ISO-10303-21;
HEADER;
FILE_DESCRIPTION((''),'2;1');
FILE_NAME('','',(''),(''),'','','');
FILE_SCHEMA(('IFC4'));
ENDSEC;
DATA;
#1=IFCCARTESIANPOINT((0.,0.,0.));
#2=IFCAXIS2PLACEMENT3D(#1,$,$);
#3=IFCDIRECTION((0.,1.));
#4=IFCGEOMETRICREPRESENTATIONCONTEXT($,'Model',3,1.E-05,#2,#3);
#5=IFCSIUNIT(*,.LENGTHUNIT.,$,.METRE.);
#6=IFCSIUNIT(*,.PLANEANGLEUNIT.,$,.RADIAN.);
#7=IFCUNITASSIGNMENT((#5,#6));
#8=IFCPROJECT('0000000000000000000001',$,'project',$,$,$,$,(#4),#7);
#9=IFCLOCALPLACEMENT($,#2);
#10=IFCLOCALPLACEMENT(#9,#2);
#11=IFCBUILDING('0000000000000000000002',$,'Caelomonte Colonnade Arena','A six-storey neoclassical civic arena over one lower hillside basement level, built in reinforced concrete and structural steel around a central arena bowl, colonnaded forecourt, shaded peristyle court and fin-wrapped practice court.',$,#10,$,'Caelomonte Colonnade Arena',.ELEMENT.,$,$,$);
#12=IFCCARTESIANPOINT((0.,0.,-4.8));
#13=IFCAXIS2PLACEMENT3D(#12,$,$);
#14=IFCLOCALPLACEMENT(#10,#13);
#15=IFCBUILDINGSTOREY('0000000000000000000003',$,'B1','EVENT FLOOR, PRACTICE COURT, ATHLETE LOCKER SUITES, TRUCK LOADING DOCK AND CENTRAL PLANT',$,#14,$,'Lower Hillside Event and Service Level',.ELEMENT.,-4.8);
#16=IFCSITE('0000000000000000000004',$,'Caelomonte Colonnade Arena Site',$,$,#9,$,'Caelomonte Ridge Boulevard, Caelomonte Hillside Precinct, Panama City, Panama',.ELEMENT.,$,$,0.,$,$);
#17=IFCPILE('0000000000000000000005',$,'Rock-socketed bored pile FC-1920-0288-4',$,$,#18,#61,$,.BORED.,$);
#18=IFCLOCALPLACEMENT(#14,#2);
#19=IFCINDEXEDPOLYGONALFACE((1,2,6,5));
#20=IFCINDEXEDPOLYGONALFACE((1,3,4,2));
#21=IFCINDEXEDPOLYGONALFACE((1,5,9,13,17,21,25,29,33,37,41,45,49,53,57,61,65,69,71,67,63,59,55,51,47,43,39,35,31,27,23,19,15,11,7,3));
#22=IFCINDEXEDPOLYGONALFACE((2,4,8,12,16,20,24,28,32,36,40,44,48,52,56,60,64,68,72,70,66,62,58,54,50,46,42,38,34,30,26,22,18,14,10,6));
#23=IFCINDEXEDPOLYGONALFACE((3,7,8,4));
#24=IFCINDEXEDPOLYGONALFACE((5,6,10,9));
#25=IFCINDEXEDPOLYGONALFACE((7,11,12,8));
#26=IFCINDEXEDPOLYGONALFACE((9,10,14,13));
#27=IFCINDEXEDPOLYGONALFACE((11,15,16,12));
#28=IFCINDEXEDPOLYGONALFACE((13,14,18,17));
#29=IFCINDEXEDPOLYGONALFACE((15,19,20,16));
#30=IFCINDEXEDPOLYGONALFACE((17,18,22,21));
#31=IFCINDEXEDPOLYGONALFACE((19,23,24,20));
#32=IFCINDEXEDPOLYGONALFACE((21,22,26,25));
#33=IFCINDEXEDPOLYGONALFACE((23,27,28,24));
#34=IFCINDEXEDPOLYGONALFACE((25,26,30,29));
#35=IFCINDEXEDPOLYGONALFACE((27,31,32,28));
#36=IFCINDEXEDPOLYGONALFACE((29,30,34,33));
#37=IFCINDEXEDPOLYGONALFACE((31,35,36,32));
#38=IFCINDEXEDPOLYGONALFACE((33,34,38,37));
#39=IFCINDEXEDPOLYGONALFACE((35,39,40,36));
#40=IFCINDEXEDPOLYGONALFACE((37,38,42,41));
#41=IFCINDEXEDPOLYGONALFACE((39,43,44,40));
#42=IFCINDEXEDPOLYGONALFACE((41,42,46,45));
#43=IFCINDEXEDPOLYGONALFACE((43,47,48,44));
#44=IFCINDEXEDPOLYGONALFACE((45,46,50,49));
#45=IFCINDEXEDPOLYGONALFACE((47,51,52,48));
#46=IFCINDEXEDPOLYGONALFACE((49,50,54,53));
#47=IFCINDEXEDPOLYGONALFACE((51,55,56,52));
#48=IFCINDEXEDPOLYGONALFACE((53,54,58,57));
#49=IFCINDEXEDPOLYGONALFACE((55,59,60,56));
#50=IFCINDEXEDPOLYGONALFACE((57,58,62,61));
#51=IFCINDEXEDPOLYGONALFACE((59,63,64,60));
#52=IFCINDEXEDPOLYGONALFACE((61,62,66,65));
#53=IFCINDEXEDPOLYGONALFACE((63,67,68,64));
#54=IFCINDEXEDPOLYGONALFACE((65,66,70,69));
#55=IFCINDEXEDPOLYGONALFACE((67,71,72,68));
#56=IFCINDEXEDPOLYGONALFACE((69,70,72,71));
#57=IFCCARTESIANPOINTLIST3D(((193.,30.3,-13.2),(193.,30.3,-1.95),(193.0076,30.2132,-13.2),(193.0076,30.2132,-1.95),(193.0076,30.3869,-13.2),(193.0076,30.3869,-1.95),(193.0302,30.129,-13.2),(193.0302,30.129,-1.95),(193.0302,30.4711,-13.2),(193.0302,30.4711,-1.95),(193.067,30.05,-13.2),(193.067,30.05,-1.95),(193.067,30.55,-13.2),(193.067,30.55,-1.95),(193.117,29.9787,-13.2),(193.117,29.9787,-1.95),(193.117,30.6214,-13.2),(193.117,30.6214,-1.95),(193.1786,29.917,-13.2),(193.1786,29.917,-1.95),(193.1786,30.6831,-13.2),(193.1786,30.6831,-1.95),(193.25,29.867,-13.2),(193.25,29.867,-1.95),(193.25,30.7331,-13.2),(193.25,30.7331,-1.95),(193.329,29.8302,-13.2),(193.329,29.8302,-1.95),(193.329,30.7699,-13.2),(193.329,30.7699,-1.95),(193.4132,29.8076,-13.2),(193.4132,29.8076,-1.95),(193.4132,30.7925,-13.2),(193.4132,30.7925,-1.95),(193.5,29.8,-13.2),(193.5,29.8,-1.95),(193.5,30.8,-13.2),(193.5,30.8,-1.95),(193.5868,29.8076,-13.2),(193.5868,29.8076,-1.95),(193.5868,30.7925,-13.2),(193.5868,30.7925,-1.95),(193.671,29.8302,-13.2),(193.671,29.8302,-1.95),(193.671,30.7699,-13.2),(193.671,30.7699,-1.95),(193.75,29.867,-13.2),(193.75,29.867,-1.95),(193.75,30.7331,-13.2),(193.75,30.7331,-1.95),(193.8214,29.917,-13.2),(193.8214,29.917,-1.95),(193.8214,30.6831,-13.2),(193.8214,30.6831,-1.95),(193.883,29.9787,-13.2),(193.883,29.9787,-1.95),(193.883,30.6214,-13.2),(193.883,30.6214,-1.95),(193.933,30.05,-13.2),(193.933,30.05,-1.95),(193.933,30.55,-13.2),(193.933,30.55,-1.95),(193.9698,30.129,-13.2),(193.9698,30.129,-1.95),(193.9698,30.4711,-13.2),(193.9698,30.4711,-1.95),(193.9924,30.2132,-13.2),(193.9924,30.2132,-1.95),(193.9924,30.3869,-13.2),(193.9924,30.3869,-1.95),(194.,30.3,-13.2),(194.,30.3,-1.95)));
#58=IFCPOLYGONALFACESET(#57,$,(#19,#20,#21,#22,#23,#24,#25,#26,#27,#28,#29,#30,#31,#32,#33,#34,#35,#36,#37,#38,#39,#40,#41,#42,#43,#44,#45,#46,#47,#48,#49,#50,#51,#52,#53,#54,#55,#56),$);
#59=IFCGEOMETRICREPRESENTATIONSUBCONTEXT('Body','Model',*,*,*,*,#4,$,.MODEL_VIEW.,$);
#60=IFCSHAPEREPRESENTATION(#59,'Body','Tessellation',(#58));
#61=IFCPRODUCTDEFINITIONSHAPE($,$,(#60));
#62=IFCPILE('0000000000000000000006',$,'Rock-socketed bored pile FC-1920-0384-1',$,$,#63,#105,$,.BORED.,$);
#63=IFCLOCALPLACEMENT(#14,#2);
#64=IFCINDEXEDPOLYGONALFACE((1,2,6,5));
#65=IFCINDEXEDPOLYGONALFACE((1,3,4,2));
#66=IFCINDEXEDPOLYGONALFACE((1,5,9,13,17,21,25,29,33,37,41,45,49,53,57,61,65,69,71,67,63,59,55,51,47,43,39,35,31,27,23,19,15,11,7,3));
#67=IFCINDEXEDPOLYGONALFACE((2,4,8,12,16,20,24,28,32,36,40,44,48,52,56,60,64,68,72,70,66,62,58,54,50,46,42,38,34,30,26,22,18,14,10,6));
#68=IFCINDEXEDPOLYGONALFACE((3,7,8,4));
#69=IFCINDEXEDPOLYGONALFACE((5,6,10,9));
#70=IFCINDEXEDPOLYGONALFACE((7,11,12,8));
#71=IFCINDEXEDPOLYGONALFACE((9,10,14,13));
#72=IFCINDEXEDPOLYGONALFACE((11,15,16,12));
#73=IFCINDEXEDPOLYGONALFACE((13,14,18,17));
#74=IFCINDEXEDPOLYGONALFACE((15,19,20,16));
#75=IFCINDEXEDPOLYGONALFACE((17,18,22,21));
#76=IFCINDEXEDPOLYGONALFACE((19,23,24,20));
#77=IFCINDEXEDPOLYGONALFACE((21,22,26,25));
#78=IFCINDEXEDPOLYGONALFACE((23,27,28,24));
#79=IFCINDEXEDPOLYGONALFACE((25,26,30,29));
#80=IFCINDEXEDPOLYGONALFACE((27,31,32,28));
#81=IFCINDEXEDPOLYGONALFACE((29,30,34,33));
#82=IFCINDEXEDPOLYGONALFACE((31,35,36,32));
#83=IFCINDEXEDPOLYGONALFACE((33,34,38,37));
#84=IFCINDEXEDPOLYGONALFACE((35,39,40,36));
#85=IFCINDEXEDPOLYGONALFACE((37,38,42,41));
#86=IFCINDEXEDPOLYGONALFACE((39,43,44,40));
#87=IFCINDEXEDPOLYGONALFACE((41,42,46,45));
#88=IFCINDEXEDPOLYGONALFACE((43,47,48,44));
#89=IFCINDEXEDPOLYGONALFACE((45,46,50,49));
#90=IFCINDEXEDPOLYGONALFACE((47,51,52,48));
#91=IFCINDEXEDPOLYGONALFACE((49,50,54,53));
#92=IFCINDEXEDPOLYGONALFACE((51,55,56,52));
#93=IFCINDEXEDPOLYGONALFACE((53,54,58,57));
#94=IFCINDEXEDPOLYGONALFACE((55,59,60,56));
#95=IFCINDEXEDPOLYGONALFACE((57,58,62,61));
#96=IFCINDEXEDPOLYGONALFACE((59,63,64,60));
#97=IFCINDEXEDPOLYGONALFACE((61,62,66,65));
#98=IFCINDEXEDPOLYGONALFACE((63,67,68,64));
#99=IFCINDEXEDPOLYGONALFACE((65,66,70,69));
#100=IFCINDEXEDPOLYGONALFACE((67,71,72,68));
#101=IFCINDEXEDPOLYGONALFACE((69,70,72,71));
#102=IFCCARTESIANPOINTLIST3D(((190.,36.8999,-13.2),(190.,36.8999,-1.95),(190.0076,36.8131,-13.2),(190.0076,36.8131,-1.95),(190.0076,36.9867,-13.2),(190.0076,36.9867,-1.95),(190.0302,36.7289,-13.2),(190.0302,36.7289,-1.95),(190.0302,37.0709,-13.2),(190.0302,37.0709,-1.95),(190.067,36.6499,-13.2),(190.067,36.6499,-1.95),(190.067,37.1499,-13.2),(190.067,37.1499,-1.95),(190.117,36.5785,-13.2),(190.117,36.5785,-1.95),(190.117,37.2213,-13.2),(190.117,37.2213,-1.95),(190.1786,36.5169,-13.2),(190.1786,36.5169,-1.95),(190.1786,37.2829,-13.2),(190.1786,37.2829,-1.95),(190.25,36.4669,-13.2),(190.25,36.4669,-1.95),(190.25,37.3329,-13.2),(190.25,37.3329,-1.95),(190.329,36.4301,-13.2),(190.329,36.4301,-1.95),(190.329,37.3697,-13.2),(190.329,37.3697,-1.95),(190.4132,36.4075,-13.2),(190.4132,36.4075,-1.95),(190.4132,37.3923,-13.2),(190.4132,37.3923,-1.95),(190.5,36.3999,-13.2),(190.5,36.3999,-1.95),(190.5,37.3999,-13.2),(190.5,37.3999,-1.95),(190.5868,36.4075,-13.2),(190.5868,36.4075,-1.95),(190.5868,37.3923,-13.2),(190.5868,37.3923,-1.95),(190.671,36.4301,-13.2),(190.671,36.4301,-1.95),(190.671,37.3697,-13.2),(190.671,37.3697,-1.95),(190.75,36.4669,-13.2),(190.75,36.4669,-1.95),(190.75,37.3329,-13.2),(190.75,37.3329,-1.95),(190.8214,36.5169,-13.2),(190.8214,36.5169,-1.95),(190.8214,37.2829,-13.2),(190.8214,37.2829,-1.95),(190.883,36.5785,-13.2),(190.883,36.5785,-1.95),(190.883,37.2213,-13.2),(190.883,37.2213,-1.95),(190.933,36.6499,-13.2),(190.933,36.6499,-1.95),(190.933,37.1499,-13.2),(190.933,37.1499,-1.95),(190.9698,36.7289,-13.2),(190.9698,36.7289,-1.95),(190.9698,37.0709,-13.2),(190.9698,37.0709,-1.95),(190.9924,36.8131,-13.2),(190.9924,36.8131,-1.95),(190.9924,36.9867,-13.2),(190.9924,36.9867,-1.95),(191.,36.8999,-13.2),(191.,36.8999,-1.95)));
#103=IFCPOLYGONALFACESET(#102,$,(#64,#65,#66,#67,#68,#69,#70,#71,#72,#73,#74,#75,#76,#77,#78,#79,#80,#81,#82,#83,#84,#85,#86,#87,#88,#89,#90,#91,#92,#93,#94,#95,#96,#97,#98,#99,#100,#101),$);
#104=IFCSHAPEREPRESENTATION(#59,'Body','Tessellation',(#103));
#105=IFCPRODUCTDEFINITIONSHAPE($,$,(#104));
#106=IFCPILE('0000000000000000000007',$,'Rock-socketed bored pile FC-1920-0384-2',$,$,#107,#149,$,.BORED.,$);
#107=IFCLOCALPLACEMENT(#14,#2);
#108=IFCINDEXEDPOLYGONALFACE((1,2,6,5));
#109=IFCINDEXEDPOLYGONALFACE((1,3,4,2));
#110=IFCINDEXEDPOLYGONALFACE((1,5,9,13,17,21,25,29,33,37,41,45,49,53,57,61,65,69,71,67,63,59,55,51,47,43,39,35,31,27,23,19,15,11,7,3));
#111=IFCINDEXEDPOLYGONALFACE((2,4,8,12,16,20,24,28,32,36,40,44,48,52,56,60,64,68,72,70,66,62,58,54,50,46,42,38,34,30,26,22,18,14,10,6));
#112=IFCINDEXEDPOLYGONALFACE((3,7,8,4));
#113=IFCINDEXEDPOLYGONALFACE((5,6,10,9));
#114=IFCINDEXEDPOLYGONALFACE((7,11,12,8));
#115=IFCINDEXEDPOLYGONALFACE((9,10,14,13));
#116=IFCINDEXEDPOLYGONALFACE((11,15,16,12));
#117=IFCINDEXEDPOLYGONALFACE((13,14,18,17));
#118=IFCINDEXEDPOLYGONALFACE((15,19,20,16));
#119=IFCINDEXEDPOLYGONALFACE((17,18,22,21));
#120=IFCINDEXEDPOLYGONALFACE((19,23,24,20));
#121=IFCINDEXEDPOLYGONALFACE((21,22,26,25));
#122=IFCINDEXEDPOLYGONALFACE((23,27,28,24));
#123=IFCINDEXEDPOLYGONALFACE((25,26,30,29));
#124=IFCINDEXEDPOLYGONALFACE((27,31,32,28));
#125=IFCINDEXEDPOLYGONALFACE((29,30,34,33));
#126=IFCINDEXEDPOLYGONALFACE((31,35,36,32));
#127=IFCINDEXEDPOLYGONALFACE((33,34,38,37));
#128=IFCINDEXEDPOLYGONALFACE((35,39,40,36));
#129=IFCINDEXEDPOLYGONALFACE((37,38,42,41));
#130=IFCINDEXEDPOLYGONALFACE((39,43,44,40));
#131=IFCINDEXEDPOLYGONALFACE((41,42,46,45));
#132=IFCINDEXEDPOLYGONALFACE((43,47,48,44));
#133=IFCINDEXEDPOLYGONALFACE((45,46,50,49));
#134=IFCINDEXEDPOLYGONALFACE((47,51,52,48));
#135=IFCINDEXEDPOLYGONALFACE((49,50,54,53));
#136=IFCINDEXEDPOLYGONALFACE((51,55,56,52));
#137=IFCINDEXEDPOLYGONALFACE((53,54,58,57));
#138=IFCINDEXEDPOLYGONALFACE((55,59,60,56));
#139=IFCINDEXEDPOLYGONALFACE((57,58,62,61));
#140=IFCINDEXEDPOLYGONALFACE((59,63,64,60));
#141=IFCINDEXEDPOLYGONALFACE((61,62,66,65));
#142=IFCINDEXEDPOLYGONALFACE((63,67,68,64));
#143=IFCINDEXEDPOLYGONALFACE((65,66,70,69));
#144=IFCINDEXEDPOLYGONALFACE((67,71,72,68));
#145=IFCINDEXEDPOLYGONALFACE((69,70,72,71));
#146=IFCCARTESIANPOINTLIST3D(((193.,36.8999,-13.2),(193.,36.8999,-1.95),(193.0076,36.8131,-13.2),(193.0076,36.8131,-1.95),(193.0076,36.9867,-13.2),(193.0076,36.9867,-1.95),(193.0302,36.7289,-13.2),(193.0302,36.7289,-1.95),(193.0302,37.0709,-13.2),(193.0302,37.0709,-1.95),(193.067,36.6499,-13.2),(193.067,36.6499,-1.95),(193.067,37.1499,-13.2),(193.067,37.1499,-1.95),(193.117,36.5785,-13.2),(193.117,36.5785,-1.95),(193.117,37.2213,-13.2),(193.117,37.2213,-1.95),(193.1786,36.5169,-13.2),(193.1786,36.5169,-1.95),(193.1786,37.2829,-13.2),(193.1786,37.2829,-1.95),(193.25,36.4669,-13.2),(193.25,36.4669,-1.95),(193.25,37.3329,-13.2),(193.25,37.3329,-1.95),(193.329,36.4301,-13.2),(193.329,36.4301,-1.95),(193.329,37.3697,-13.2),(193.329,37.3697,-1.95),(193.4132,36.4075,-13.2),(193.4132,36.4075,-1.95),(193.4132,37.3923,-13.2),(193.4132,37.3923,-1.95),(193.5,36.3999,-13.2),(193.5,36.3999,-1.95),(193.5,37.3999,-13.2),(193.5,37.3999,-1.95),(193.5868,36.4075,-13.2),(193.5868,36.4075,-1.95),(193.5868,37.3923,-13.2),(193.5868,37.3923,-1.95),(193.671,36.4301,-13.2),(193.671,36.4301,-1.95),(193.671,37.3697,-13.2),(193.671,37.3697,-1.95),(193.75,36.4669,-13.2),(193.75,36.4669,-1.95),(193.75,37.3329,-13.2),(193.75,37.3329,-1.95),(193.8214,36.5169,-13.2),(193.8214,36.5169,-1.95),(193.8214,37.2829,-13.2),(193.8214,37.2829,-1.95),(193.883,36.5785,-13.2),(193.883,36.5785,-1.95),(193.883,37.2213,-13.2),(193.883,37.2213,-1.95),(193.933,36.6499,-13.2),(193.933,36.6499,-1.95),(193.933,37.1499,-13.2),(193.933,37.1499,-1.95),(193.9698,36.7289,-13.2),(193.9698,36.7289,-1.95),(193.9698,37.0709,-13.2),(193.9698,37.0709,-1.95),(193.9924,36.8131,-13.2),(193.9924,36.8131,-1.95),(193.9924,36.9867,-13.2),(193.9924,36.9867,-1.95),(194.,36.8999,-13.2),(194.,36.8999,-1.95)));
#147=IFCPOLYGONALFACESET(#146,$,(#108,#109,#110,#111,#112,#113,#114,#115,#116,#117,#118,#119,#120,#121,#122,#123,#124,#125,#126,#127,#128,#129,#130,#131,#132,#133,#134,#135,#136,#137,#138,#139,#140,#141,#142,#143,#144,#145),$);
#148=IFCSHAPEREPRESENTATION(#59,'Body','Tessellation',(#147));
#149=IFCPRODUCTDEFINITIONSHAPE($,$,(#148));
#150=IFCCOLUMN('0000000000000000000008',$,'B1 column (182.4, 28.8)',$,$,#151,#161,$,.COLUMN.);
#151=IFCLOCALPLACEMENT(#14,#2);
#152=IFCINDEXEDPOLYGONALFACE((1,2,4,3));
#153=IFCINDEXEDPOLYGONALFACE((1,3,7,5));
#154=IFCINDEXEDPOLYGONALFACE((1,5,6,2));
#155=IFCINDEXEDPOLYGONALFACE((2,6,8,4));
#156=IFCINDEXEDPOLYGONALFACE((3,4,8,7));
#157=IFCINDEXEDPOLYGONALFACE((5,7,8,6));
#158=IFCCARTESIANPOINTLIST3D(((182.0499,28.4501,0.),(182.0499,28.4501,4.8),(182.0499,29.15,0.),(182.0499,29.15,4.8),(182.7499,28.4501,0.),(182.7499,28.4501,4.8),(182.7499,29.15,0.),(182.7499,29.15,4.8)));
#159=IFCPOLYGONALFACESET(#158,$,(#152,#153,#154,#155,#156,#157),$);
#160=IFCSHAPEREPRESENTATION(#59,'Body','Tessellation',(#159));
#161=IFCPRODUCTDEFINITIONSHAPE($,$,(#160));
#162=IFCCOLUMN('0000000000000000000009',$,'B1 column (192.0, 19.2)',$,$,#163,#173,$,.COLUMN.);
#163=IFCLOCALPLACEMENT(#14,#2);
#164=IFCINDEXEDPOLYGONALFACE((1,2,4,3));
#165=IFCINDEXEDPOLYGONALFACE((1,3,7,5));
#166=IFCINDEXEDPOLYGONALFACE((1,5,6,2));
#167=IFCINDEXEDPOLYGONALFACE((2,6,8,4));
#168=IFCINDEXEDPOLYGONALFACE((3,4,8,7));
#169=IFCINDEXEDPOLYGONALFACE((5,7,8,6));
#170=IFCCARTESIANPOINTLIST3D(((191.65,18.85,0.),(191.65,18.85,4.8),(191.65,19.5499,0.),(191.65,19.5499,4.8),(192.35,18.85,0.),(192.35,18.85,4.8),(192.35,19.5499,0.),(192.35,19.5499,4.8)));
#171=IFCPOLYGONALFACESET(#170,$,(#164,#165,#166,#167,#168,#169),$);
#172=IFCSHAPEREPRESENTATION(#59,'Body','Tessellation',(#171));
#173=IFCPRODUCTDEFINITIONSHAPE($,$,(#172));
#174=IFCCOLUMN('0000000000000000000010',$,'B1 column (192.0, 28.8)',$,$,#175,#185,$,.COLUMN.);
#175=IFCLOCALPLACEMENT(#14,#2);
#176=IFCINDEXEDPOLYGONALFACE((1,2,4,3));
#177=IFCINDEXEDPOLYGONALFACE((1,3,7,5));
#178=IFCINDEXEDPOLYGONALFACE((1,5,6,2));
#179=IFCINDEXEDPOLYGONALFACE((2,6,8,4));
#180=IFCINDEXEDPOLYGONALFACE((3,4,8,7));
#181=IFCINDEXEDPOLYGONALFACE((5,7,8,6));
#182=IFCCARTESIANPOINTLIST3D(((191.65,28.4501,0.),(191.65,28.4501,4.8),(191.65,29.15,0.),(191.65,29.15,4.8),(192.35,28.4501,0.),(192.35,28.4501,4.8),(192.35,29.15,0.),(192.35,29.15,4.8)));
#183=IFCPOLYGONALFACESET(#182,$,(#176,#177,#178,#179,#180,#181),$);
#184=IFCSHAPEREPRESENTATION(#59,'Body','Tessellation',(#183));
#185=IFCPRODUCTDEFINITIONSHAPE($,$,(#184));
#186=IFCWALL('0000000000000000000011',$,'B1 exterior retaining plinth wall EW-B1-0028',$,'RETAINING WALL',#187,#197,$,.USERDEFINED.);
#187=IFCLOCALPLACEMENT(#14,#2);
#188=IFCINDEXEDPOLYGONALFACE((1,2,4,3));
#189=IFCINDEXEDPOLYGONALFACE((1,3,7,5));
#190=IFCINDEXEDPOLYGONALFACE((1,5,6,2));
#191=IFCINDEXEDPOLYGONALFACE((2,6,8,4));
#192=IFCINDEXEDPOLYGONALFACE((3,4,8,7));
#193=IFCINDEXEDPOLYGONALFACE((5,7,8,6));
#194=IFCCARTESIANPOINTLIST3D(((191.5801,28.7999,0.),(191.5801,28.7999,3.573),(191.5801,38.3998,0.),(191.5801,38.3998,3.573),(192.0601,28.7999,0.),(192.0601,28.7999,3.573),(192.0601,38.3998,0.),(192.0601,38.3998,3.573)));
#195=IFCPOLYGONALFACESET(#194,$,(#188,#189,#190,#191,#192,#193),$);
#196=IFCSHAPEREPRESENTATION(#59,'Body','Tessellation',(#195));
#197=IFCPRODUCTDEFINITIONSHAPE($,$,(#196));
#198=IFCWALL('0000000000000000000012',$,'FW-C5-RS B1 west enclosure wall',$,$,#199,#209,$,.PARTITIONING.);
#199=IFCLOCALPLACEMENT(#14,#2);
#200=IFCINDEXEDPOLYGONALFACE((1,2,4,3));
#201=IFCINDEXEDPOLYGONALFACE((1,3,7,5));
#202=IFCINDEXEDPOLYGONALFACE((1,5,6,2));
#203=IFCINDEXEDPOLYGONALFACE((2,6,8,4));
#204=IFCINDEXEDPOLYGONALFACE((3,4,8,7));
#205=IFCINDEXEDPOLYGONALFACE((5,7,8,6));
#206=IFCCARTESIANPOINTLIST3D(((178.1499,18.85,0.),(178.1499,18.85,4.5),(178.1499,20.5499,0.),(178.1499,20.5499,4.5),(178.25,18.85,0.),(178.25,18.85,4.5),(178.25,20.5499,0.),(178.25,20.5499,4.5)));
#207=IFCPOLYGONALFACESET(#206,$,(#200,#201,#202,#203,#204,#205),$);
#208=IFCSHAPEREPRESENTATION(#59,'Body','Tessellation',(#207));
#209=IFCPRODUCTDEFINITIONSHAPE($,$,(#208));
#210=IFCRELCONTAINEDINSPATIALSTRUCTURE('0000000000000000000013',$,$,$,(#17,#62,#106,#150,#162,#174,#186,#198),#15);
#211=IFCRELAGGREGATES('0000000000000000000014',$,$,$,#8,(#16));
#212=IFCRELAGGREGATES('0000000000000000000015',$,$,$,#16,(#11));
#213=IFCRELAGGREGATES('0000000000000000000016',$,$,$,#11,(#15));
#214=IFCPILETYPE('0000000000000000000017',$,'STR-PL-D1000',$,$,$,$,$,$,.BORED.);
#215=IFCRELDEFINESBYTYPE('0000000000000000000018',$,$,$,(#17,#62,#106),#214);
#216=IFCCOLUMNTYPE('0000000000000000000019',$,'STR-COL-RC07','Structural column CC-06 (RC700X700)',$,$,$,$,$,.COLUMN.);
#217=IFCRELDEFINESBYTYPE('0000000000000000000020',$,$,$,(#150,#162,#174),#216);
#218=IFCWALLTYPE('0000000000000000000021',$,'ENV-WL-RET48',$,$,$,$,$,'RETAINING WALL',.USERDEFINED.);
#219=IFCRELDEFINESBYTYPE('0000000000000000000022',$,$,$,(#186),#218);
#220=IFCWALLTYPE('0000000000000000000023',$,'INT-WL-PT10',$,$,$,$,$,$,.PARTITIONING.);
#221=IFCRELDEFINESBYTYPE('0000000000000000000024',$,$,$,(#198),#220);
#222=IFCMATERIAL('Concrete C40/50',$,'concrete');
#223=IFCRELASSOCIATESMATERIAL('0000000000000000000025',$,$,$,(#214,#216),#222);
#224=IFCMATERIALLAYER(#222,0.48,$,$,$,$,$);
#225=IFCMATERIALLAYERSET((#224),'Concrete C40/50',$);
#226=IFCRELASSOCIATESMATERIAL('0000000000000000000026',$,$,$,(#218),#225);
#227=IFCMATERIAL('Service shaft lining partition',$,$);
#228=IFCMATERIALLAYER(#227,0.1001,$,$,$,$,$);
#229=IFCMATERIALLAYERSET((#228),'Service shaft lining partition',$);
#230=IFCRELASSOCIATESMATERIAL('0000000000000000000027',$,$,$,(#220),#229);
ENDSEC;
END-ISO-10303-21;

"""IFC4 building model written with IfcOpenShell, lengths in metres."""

from ifc_helpers import new_model, si_unit, direction, frame, frame_2d, origin, origin_2d, place, context, subcontext, project, spatial, rectangle, circle, extrude, material, layer, layer_set, material_profile, profile_set, type_object, element, save


model = new_model("IFC4")

# Units and contexts
model_context = context("Model", 3, precision=1e-05, world=origin(), true_north=direction((0.0, 1.0)))
body_context = subcontext(model_context, "Body", "Model", "MODEL_VIEW")
ifc_project = project(units=[si_unit("LENGTHUNIT", "METRE"), si_unit("PLANEANGLEUNIT", "RADIAN")], contexts=[model_context])

# Site, building, storey
site_placement = place(None, origin())
site = spatial("IfcSite", under=ifc_project, at=site_placement, Name="Caelomonte Colonnade Arena Site", LongName="Caelomonte Ridge Boulevard, Caelomonte Hillside Precinct, Panama City, Panama", CompositionType="ELEMENT", RefElevation=0.0)
building_placement = place(site_placement, origin())
building = spatial("IfcBuilding", under=site, at=building_placement, Name="Caelomonte Colonnade Arena", Description="A six-storey neoclassical civic arena over one lower hillside basement level, built in reinforced concrete and structural steel around a central arena bowl, colonnaded forecourt, shaded peristyle court and fin-wrapped practice court.", LongName="Caelomonte Colonnade Arena", CompositionType="ELEMENT")
storey_placement = place(building_placement, frame((0.0, 0.0, -4.8)))
storey = spatial("IfcBuildingStorey", under=building, at=storey_placement, Name="B1", Description="EVENT FLOOR, PRACTICE COURT, ATHLETE LOCKER SUITES, TRUCK LOADING DOCK AND CENTRAL PLANT", LongName="Lower Hillside Event and Service Level", CompositionType="ELEMENT", Elevation=-4.8)

# Shared definitions
ifc_material_1 = material(Name="Concrete C40/50", Category="concrete")

# Piles
ifc_material_profile_1 = material_profile(ifc_material_1, circle(Radius=0.5, at=origin_2d()), Name="PILE-D1000")
ifc_profile_set_1 = profile_set([ifc_material_profile_1], Name="Concrete C40/50")
pile_type = type_object("IfcPileType", Name="STR-PL-D1000", PredefinedType="BORED", material=ifc_profile_set_1)
for number, where, z_axis, x_axis, name in (
    (1, (193.5, 30.3, -1.95), (0.0, 0.0, -1.0), (1.0, 0.0, 0.0), "Rock-socketed bored pile FC-1920-0288-4"),
    (2, (190.5, 36.8999, -1.95), (0.0, 0.0, -1.0), (1.0, 0.0, 0.0), "Rock-socketed bored pile FC-1920-0384-1"),
    (3, (193.5, 36.8999, -1.95), (0.0, 0.0, -1.0), (1.0, 0.0, 0.0), "Rock-socketed bored pile FC-1920-0384-2"),
):
    element("IfcPile", number, at=place(storey_placement, frame(where, z_axis=z_axis, x_axis=x_axis)), inside=storey, type_object=pile_type, Name=name, PredefinedType="BORED", context=body_context, shape_type="SweptSolid", body=[
        extrude(circle(Radius=0.5, at=origin_2d()), origin(), (0.0, 0.0, 1.0), 11.25),
    ])

# Columns
ifc_material_profile_2 = material_profile(ifc_material_1, rectangle(XDim=0.7, YDim=0.7, at=origin_2d()), Name="RC700X700")
ifc_profile_set_2 = profile_set([ifc_material_profile_2], Name="Concrete C40/50")
column_type = type_object("IfcColumnType", Name="STR-COL-RC07", Description="Structural column CC-06 (RC700X700)", PredefinedType="COLUMN", material=ifc_profile_set_2)
for number, where, z_axis, x_axis, name in (
    (4, (182.3999, 28.8, 0.0), (0.0, 0.0, 1.0), (1.0, 0.0, 0.0), "B1 column (182.4, 28.8)"),
    (5, (192.0, 19.2, 0.0), (0.0, 0.0, 1.0), (1.0, 0.0, 0.0), "B1 column (192.0, 19.2)"),
    (6, (192.0, 28.8, 0.0), (0.0, 0.0, 1.0), (1.0, 0.0, 0.0), "B1 column (192.0, 28.8)"),
):
    element("IfcColumn", number, at=place(storey_placement, frame(where, z_axis=z_axis, x_axis=x_axis)), inside=storey, type_object=column_type, Name=name, PredefinedType="COLUMN", context=body_context, shape_type="SweptSolid", body=[
        extrude(rectangle(XDim=0.7, YDim=0.7, at=origin_2d()), origin(), (0.0, 0.0, 1.0), 4.8),
    ])

# Walls
ifc_layer_1 = layer(ifc_material_1, 0.48)
ifc_layer_set_1 = layer_set([ifc_layer_1], Name="Concrete C40/50")
wall_type_1 = type_object("IfcWallType", Name="ENV-WL-RET48", ElementType="RETAINING WALL", PredefinedType="USERDEFINED", material=ifc_layer_set_1)
wall_1_placement = place(storey_placement, frame((191.8201, 28.8, 0.0), z_axis=(0.0, 0.0, 1.0), x_axis=(0.0, 1.0, 0.0)))
element("IfcWall", 7, at=wall_1_placement, inside=storey, type_object=wall_type_1, Name="B1 exterior retaining plinth wall EW-B1-0028", ObjectType="RETAINING WALL", PredefinedType="USERDEFINED", context=body_context, shape_type="SweptSolid", body=[
    extrude(rectangle(XDim=9.5999, YDim=0.48, at=frame_2d((4.7998, 0.0))), origin(), (0.0, 0.0, 1.0), 3.573),
])
ifc_material_2 = material(Name="Service shaft lining partition")
ifc_layer_2 = layer(ifc_material_2, 0.1001)
ifc_layer_set_2 = layer_set([ifc_layer_2], Name="Service shaft lining partition")
wall_type_2 = type_object("IfcWallType", Name="INT-WL-PT10", PredefinedType="PARTITIONING", material=ifc_layer_set_2)
wall_2_placement = place(storey_placement, frame((178.2, 20.55, 0.0), z_axis=(0.0, 0.0, 1.0), x_axis=(0.0, -1.0, 0.0)))
element("IfcWall", 8, at=wall_2_placement, inside=storey, type_object=wall_type_2, Name="FW-C5-RS B1 west enclosure wall", PredefinedType="PARTITIONING", context=body_context, shape_type="SweptSolid", body=[
    extrude(rectangle(XDim=1.7, YDim=0.1001, at=frame_2d((0.8501, 0.0))), origin(), (0.0, 0.0, 1.0), 4.5),
])

save(model, "model.ifc")
